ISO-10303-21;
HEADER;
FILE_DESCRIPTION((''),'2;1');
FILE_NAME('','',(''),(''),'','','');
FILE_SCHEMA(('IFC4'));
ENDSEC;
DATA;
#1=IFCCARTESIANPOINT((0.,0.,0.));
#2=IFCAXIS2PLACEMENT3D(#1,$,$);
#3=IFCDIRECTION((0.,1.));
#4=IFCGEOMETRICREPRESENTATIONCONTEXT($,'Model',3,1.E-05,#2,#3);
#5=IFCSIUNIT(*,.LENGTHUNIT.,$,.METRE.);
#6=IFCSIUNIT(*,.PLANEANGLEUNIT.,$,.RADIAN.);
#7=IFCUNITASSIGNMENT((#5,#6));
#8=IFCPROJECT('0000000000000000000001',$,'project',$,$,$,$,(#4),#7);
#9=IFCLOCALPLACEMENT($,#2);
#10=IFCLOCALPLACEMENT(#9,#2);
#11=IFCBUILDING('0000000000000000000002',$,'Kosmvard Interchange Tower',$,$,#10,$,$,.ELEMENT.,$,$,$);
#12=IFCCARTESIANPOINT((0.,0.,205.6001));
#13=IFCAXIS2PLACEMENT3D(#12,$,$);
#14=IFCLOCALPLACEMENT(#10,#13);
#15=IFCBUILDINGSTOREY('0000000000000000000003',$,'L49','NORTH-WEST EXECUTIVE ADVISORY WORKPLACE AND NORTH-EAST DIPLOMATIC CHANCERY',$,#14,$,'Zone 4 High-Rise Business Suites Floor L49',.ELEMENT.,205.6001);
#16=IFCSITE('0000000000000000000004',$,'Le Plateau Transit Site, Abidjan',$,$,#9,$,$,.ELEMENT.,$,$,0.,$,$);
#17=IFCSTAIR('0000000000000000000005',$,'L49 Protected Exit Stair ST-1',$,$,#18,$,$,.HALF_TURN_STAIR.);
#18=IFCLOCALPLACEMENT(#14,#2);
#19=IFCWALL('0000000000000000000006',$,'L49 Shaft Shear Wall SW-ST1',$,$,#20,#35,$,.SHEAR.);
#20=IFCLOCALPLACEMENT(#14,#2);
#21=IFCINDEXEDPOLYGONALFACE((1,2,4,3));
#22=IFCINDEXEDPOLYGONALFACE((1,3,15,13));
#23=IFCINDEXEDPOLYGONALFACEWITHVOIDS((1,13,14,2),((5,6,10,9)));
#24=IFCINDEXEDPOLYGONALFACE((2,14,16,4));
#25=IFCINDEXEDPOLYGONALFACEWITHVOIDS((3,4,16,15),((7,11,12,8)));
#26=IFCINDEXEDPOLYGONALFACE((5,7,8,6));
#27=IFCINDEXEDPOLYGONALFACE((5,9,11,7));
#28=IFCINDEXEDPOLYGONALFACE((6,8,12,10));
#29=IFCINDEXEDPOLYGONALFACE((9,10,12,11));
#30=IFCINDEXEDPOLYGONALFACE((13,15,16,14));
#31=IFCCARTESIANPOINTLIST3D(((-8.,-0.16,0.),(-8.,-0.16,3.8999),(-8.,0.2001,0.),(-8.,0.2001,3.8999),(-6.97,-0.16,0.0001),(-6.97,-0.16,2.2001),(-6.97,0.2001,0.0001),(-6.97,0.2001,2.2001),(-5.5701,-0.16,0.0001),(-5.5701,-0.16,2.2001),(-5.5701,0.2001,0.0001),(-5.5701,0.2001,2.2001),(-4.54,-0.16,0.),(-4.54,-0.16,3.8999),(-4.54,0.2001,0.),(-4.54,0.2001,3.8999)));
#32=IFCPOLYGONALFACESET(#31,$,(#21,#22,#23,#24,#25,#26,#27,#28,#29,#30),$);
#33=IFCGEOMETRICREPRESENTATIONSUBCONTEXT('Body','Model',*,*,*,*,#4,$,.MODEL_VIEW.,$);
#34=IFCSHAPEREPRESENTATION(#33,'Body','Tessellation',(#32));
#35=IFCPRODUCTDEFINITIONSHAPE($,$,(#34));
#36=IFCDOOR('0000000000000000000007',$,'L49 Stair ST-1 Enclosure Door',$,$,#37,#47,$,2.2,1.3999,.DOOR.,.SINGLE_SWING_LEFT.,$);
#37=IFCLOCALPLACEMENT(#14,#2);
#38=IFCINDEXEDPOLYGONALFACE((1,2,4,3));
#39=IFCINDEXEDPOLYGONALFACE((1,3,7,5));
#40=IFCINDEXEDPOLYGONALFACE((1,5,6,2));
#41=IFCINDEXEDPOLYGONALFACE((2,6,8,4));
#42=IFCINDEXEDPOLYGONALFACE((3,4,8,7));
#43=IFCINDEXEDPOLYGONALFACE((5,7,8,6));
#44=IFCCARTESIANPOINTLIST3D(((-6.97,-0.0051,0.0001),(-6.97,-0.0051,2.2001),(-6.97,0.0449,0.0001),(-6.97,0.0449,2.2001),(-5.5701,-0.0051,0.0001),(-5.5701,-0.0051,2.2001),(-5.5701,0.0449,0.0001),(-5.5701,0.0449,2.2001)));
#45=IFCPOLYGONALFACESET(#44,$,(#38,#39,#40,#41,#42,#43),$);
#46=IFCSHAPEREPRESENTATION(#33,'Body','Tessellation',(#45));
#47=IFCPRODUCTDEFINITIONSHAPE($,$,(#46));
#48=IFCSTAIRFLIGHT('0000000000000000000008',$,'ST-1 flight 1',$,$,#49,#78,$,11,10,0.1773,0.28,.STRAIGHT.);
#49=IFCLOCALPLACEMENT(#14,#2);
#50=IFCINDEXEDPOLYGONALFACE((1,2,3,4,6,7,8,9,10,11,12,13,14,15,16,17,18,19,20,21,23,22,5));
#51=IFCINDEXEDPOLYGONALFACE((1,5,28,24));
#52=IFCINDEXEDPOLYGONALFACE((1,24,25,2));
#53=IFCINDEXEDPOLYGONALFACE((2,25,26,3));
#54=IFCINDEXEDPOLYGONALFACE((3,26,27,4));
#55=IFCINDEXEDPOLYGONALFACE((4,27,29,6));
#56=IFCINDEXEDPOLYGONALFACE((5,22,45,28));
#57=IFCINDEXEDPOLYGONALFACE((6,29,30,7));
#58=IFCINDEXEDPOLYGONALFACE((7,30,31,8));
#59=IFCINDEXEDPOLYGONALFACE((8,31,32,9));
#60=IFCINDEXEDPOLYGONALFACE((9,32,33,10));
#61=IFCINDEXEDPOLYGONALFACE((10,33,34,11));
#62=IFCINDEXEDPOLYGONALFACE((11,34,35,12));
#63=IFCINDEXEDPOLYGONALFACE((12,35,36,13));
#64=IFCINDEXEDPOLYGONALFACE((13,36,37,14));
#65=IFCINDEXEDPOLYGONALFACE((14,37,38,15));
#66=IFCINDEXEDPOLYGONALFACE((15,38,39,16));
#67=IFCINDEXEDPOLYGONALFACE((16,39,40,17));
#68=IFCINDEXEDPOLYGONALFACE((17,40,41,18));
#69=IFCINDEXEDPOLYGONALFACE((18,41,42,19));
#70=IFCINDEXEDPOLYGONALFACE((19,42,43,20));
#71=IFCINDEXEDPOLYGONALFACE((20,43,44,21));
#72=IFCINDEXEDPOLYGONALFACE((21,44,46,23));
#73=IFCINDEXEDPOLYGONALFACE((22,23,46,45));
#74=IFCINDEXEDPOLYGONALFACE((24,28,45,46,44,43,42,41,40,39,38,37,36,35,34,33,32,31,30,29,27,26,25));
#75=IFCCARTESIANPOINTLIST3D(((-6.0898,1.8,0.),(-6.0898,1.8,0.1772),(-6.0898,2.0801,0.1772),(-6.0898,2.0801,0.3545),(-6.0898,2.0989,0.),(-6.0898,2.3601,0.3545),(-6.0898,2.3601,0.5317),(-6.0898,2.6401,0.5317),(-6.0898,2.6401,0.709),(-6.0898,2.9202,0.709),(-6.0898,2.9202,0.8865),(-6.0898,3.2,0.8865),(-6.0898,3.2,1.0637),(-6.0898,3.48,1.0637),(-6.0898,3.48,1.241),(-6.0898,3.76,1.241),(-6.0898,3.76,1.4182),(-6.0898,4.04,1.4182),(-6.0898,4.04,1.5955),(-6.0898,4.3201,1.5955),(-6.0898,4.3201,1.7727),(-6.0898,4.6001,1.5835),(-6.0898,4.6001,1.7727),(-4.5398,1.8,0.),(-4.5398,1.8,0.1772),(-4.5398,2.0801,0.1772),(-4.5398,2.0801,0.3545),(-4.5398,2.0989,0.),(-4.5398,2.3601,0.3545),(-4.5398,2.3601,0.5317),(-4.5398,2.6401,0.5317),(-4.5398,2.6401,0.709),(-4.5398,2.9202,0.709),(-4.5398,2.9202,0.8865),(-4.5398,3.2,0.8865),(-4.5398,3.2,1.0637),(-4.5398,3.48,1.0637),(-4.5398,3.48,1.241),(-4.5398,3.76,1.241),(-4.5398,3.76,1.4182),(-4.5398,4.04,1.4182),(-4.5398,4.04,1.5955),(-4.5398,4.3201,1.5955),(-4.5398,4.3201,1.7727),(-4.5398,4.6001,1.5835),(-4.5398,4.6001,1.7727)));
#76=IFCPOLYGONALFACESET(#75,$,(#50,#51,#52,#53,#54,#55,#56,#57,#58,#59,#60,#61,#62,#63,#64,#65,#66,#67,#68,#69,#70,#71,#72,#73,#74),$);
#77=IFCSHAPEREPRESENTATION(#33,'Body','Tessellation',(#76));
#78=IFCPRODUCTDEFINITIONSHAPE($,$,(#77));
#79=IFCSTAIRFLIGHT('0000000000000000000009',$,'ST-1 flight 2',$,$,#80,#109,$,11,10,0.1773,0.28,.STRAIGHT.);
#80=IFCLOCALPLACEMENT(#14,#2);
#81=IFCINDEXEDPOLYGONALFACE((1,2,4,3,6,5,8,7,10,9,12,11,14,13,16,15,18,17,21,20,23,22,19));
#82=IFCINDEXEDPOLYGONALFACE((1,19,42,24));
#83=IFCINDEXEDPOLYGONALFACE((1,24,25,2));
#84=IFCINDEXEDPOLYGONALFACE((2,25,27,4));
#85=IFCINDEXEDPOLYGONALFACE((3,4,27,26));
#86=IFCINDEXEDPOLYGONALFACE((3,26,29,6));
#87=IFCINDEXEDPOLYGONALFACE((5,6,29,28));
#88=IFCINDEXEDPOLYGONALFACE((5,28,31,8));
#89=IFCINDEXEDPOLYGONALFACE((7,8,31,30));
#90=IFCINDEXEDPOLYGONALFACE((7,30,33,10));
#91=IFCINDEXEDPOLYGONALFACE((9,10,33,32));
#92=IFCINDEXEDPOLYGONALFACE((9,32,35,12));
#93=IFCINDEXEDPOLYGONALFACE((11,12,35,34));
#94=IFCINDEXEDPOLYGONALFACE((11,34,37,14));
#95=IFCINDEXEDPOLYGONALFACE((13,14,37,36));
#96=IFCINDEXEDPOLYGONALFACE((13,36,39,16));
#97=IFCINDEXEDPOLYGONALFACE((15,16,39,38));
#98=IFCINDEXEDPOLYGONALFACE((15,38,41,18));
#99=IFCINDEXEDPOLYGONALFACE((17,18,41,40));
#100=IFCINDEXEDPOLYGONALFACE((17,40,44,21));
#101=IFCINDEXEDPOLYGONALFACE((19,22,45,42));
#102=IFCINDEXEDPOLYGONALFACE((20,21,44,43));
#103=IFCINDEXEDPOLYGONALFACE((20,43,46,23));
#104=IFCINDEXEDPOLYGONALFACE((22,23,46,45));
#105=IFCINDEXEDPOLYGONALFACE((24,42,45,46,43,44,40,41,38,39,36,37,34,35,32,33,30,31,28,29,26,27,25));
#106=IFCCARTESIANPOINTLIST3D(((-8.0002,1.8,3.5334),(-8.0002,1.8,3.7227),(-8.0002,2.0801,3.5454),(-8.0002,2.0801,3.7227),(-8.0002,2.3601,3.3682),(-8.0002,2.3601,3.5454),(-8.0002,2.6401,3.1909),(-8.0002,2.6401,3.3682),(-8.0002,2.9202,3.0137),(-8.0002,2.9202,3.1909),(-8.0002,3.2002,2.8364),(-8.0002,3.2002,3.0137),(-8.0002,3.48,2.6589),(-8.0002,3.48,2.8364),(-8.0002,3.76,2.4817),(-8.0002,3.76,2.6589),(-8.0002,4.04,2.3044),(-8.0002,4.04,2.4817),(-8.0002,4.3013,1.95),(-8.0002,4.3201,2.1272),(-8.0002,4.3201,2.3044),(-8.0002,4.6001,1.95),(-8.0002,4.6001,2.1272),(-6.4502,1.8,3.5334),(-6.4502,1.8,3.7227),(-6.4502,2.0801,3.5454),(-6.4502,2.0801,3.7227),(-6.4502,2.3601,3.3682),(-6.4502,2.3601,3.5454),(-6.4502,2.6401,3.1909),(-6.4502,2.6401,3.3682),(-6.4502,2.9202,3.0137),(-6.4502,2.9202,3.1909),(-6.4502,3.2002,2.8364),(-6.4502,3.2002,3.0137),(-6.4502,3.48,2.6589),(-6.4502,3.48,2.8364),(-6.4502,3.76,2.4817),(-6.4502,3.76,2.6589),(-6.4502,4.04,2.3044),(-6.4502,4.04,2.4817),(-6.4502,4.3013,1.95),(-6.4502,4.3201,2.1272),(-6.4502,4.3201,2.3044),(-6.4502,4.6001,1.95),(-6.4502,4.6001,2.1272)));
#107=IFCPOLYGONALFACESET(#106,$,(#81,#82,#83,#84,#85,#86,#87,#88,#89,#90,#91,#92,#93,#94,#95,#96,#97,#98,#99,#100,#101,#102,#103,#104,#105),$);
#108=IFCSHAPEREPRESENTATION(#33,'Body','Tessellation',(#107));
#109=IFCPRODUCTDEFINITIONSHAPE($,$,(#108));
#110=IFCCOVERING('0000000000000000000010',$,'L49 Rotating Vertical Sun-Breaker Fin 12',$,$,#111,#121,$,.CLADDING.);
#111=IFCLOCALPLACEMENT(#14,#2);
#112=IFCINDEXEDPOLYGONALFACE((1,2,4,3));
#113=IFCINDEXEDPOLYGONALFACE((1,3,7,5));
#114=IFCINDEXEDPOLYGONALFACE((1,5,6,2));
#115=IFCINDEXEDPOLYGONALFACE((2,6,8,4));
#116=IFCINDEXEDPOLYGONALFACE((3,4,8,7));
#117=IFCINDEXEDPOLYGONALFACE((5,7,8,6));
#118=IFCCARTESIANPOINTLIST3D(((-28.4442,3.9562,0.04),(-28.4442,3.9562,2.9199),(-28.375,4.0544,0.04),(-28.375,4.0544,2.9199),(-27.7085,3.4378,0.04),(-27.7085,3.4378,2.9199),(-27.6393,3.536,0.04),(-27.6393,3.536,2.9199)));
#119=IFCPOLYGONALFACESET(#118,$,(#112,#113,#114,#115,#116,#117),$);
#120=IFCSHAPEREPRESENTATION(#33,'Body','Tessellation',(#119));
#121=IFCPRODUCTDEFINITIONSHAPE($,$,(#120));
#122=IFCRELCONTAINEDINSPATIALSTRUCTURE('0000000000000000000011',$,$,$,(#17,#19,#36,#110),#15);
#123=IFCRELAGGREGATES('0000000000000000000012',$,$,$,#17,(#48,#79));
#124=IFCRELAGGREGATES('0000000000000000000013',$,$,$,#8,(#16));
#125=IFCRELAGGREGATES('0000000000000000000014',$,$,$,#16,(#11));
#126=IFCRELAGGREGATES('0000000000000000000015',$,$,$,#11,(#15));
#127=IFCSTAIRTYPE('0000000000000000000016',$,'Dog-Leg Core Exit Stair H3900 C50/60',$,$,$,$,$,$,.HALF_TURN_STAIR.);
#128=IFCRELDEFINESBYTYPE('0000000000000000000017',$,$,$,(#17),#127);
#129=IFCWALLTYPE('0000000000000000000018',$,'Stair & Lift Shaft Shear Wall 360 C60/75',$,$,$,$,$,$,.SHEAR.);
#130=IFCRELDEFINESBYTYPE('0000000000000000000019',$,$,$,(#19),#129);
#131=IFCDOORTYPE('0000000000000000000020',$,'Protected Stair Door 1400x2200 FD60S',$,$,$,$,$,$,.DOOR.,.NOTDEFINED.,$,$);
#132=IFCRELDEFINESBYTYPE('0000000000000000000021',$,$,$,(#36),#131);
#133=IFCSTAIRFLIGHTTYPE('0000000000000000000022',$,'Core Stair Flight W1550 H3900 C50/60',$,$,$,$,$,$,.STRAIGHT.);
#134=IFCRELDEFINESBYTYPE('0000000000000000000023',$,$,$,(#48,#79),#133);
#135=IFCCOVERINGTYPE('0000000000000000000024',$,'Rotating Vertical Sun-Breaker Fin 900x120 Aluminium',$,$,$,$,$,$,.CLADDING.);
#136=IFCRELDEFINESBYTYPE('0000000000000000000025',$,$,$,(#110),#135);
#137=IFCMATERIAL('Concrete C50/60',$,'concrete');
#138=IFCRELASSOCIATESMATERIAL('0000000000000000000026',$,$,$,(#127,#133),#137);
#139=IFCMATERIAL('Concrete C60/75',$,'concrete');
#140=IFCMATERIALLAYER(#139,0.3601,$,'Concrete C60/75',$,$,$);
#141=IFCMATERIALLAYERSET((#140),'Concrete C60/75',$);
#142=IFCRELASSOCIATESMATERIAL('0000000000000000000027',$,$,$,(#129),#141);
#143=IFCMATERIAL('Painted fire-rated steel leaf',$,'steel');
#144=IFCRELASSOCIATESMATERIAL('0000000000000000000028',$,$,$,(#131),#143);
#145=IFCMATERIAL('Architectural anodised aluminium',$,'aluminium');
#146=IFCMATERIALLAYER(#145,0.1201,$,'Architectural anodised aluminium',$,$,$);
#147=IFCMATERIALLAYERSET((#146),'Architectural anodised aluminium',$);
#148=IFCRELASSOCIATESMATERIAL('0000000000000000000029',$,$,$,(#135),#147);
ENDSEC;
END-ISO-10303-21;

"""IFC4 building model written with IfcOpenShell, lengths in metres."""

from ifc_helpers import new_model, si_unit, direction, frame, frame_2d, origin, origin_2d, place, context, subcontext, project, spatial, polyline, rectangle, outline, extrude, source, transform, mapped, material, layer, layer_set, type_object, element, fill, aggregate, save


model = new_model("IFC4")

# Units and contexts
model_context = context("Model", 3, precision=1e-05, world=origin(), true_north=direction((0.0, 1.0)))
body_context = subcontext(model_context, "Body", "Model", "MODEL_VIEW")
ifc_project = project(units=[si_unit("LENGTHUNIT", "METRE"), si_unit("PLANEANGLEUNIT", "RADIAN")], contexts=[model_context])

# Site, building, storey
site_placement = place(None, origin())
site = spatial("IfcSite", under=ifc_project, at=site_placement, Name="Le Plateau Transit Site, Abidjan", CompositionType="ELEMENT", RefElevation=0.0)
building_placement = place(site_placement, origin())
building = spatial("IfcBuilding", under=site, at=building_placement, Name="Kosmvard Interchange Tower", CompositionType="ELEMENT")
storey_placement = place(building_placement, frame((0.0, 0.0, 205.6001)))
storey = spatial("IfcBuildingStorey", under=building, at=storey_placement, Name="L49", Description="NORTH-WEST EXECUTIVE ADVISORY WORKPLACE AND NORTH-EAST DIPLOMATIC CHANCERY", LongName="Zone 4 High-Rise Business Suites Floor L49", CompositionType="ELEMENT", Elevation=205.6001)

# Shared definitions
ifc_material_1 = material(Name="Concrete C50/60", Category="concrete")

# Stair
stair_type = type_object("IfcStairType", Name="Dog-Leg Core Exit Stair H3900 C50/60", PredefinedType="HALF_TURN_STAIR", material=ifc_material_1)
stair_placement = place(storey_placement, origin())
stair = element("IfcStair", 1, at=stair_placement, inside=storey, type_object=stair_type, Name="L49 Protected Exit Stair ST-1", PredefinedType="HALF_TURN_STAIR")

# Shared definitions
ifc_material_2 = material(Name="Painted fire-rated steel leaf", Category="steel")

# Wall, opening, door
ifc_material_3 = material(Name="Concrete C60/75", Category="concrete")
ifc_layer_1 = layer(ifc_material_3, 0.3601, Name="Concrete C60/75")
ifc_layer_set_1 = layer_set([ifc_layer_1], Name="Concrete C60/75")
wall_type_1 = type_object("IfcWallType", Name="Stair & Lift Shaft Shear Wall 360 C60/75", PredefinedType="SHEAR", material=ifc_layer_set_1)
wall_1_placement = place(storey_placement, frame((-8.0, 0.02, 0.0), z_axis=(0.0, 0.0, 1.0), x_axis=(1.0, 0.0, 0.0)))
wall_1 = element("IfcWall", 2, at=wall_1_placement, inside=storey, type_object=wall_type_1, Name="L49 Shaft Shear Wall SW-ST1", PredefinedType="SHEAR", context=body_context, shape_type="SweptSolid", body=[
    extrude(rectangle(XDim=3.46, YDim=0.3601, at=frame_2d((1.73, 0.0))), origin(), (0.0, 0.0, 1.0), 3.8999),
])
opening_1_placement = place(wall_1_placement, frame((1.03, 0.0, 0.0)))
opening_1 = element("IfcOpeningElement", 3, at=opening_1_placement, cuts=wall_1, PredefinedType="OPENING", context=body_context, shape_type="SweptSolid", body=[
    extrude(rectangle(XDim=1.3999, YDim=2.2, at=frame_2d((0.7, 1.1001))), frame((0.0, 0.1899, 0.0), z_axis=(0.0, -1.0, 0.0), x_axis=(1.0, 0.0, 0.0)), (0.0, 0.0, 1.0), 0.3801),
])
door_type_1 = type_object("IfcDoorType", Name="Protected Stair Door 1400x2200 FD60S", OperationType="NOTDEFINED", PredefinedType="DOOR", material=ifc_material_2)
shared_shape_1 = source(origin(), body_context, "Body", "SweptSolid", [
    extrude(rectangle(XDim=1.3999, YDim=2.2, at=frame_2d((0.7, 1.1001))), frame((0.0, 0.0249, 0.0), z_axis=(0.0, -1.0, 0.0), x_axis=(1.0, 0.0, 0.0)), (0.0, 0.0, 1.0), 0.05),
])
door_1_placement = place(opening_1_placement, origin())
door_1 = element("IfcDoor", 4, at=door_1_placement, inside=storey, type_object=door_type_1, Name="L49 Stair ST-1 Enclosure Door", OperationType="SINGLE_SWING_LEFT", OverallHeight=2.2, OverallWidth=1.3999, PredefinedType="DOOR", context=body_context, shape_type="MappedRepresentation", body=[
    mapped(shared_shape_1, transform((0.0, 0.0, 0.0), scale=1.0)),
])
fill(opening_1, door_1)

# Stair flights
stair_flight_type = type_object("IfcStairFlightType", Name="Core Stair Flight W1550 H3900 C50/60", PredefinedType="STRAIGHT", material=ifc_material_1)
shared_shape_2 = source(origin(), body_context, "Body", "SweptSolid", [
    extrude(outline(polyline([(0.0, 0.0), (0.0, 0.1772), (0.28, 0.1772), (0.28, 0.3545), (0.5601, 0.3545), (0.5601, 0.5317), (0.8401, 0.5317), (0.8401, 0.709), (1.1201, 0.709), (1.1201, 0.8865), (1.3999, 0.8865), (1.3999, 1.0637), (1.6799, 1.0637), (1.6799, 1.241), (1.96, 1.241), (1.96, 1.4182), (2.24, 1.4182), (2.24, 1.5955), (2.52, 1.5955), (2.52, 1.7727), (2.8, 1.7727), (2.8, 1.95), (2.8, 1.5835), (0.2988, 0.0), (0.0, 0.0)])), frame((0.0, 0.7749, 0.0), z_axis=(0.0, -1.0, 0.0), x_axis=(1.0, 0.0, 0.0)), (0.0, 0.0, 1.0), 1.55),
])
stair_flight_1_placement = place(storey_placement, frame((-5.3149, 1.8, 0.0), z_axis=(0.0, 0.0, 1.0), x_axis=(0.0, 1.0, 0.0)))
stair_flight_1 = element("IfcStairFlight", 5, at=stair_flight_1_placement, type_object=stair_flight_type, Name="ST-1 flight 1", NumberOfRisers=11, NumberOfTreads=10, PredefinedType="STRAIGHT", RiserHeight=0.1773, TreadLength=0.28, context=body_context, shape_type="MappedRepresentation", body=[
    mapped(shared_shape_2, transform((0.0, 0.0, 0.0), scale=1.0)),
])
stair_flight_2_placement = place(storey_placement, frame((-7.2251, 4.6001, 1.95), z_axis=(0.0, 0.0, 1.0), x_axis=(0.0, -1.0, 0.0)))
stair_flight_2 = element("IfcStairFlight", 6, at=stair_flight_2_placement, type_object=stair_flight_type, Name="ST-1 flight 2", NumberOfRisers=11, NumberOfTreads=10, PredefinedType="STRAIGHT", RiserHeight=0.1773, TreadLength=0.28, context=body_context, shape_type="MappedRepresentation", body=[
    mapped(shared_shape_2, transform((0.0, 0.0, 0.0), scale=1.0)),
])
aggregate(stair, [stair_flight_1, stair_flight_2])

# Covering
ifc_material_4 = material(Name="Architectural anodised aluminium", Category="aluminium")
ifc_layer_2 = layer(ifc_material_4, 0.1201, Name="Architectural anodised aluminium")
ifc_layer_set_2 = layer_set([ifc_layer_2], Name="Architectural anodised aluminium")
covering_type = type_object("IfcCoveringType", Name="Rotating Vertical Sun-Breaker Fin 900x120 Aluminium", PredefinedType="CLADDING", material=ifc_layer_set_2)
shared_shape_3 = source(origin(), body_context, "Body", "SweptSolid", [
    extrude(rectangle(XDim=0.8999, YDim=0.1201, at=origin_2d()), origin(), (0.0, 0.0, 1.0), 2.8799),
])
covering_placement = place(storey_placement, frame((-28.0417, 3.7461, 0.04), z_axis=(0.0, 0.0, 1.0), x_axis=(-0.817447, 0.576004, 0.0)))
element("IfcCovering", 7, at=covering_placement, inside=storey, type_object=covering_type, Name="L49 Rotating Vertical Sun-Breaker Fin 12", PredefinedType="CLADDING", context=body_context, shape_type="MappedRepresentation", body=[
    mapped(shared_shape_3, transform((0.0, 0.0, 0.0), scale=1.0)),
])

save(model, "model.ifc")
